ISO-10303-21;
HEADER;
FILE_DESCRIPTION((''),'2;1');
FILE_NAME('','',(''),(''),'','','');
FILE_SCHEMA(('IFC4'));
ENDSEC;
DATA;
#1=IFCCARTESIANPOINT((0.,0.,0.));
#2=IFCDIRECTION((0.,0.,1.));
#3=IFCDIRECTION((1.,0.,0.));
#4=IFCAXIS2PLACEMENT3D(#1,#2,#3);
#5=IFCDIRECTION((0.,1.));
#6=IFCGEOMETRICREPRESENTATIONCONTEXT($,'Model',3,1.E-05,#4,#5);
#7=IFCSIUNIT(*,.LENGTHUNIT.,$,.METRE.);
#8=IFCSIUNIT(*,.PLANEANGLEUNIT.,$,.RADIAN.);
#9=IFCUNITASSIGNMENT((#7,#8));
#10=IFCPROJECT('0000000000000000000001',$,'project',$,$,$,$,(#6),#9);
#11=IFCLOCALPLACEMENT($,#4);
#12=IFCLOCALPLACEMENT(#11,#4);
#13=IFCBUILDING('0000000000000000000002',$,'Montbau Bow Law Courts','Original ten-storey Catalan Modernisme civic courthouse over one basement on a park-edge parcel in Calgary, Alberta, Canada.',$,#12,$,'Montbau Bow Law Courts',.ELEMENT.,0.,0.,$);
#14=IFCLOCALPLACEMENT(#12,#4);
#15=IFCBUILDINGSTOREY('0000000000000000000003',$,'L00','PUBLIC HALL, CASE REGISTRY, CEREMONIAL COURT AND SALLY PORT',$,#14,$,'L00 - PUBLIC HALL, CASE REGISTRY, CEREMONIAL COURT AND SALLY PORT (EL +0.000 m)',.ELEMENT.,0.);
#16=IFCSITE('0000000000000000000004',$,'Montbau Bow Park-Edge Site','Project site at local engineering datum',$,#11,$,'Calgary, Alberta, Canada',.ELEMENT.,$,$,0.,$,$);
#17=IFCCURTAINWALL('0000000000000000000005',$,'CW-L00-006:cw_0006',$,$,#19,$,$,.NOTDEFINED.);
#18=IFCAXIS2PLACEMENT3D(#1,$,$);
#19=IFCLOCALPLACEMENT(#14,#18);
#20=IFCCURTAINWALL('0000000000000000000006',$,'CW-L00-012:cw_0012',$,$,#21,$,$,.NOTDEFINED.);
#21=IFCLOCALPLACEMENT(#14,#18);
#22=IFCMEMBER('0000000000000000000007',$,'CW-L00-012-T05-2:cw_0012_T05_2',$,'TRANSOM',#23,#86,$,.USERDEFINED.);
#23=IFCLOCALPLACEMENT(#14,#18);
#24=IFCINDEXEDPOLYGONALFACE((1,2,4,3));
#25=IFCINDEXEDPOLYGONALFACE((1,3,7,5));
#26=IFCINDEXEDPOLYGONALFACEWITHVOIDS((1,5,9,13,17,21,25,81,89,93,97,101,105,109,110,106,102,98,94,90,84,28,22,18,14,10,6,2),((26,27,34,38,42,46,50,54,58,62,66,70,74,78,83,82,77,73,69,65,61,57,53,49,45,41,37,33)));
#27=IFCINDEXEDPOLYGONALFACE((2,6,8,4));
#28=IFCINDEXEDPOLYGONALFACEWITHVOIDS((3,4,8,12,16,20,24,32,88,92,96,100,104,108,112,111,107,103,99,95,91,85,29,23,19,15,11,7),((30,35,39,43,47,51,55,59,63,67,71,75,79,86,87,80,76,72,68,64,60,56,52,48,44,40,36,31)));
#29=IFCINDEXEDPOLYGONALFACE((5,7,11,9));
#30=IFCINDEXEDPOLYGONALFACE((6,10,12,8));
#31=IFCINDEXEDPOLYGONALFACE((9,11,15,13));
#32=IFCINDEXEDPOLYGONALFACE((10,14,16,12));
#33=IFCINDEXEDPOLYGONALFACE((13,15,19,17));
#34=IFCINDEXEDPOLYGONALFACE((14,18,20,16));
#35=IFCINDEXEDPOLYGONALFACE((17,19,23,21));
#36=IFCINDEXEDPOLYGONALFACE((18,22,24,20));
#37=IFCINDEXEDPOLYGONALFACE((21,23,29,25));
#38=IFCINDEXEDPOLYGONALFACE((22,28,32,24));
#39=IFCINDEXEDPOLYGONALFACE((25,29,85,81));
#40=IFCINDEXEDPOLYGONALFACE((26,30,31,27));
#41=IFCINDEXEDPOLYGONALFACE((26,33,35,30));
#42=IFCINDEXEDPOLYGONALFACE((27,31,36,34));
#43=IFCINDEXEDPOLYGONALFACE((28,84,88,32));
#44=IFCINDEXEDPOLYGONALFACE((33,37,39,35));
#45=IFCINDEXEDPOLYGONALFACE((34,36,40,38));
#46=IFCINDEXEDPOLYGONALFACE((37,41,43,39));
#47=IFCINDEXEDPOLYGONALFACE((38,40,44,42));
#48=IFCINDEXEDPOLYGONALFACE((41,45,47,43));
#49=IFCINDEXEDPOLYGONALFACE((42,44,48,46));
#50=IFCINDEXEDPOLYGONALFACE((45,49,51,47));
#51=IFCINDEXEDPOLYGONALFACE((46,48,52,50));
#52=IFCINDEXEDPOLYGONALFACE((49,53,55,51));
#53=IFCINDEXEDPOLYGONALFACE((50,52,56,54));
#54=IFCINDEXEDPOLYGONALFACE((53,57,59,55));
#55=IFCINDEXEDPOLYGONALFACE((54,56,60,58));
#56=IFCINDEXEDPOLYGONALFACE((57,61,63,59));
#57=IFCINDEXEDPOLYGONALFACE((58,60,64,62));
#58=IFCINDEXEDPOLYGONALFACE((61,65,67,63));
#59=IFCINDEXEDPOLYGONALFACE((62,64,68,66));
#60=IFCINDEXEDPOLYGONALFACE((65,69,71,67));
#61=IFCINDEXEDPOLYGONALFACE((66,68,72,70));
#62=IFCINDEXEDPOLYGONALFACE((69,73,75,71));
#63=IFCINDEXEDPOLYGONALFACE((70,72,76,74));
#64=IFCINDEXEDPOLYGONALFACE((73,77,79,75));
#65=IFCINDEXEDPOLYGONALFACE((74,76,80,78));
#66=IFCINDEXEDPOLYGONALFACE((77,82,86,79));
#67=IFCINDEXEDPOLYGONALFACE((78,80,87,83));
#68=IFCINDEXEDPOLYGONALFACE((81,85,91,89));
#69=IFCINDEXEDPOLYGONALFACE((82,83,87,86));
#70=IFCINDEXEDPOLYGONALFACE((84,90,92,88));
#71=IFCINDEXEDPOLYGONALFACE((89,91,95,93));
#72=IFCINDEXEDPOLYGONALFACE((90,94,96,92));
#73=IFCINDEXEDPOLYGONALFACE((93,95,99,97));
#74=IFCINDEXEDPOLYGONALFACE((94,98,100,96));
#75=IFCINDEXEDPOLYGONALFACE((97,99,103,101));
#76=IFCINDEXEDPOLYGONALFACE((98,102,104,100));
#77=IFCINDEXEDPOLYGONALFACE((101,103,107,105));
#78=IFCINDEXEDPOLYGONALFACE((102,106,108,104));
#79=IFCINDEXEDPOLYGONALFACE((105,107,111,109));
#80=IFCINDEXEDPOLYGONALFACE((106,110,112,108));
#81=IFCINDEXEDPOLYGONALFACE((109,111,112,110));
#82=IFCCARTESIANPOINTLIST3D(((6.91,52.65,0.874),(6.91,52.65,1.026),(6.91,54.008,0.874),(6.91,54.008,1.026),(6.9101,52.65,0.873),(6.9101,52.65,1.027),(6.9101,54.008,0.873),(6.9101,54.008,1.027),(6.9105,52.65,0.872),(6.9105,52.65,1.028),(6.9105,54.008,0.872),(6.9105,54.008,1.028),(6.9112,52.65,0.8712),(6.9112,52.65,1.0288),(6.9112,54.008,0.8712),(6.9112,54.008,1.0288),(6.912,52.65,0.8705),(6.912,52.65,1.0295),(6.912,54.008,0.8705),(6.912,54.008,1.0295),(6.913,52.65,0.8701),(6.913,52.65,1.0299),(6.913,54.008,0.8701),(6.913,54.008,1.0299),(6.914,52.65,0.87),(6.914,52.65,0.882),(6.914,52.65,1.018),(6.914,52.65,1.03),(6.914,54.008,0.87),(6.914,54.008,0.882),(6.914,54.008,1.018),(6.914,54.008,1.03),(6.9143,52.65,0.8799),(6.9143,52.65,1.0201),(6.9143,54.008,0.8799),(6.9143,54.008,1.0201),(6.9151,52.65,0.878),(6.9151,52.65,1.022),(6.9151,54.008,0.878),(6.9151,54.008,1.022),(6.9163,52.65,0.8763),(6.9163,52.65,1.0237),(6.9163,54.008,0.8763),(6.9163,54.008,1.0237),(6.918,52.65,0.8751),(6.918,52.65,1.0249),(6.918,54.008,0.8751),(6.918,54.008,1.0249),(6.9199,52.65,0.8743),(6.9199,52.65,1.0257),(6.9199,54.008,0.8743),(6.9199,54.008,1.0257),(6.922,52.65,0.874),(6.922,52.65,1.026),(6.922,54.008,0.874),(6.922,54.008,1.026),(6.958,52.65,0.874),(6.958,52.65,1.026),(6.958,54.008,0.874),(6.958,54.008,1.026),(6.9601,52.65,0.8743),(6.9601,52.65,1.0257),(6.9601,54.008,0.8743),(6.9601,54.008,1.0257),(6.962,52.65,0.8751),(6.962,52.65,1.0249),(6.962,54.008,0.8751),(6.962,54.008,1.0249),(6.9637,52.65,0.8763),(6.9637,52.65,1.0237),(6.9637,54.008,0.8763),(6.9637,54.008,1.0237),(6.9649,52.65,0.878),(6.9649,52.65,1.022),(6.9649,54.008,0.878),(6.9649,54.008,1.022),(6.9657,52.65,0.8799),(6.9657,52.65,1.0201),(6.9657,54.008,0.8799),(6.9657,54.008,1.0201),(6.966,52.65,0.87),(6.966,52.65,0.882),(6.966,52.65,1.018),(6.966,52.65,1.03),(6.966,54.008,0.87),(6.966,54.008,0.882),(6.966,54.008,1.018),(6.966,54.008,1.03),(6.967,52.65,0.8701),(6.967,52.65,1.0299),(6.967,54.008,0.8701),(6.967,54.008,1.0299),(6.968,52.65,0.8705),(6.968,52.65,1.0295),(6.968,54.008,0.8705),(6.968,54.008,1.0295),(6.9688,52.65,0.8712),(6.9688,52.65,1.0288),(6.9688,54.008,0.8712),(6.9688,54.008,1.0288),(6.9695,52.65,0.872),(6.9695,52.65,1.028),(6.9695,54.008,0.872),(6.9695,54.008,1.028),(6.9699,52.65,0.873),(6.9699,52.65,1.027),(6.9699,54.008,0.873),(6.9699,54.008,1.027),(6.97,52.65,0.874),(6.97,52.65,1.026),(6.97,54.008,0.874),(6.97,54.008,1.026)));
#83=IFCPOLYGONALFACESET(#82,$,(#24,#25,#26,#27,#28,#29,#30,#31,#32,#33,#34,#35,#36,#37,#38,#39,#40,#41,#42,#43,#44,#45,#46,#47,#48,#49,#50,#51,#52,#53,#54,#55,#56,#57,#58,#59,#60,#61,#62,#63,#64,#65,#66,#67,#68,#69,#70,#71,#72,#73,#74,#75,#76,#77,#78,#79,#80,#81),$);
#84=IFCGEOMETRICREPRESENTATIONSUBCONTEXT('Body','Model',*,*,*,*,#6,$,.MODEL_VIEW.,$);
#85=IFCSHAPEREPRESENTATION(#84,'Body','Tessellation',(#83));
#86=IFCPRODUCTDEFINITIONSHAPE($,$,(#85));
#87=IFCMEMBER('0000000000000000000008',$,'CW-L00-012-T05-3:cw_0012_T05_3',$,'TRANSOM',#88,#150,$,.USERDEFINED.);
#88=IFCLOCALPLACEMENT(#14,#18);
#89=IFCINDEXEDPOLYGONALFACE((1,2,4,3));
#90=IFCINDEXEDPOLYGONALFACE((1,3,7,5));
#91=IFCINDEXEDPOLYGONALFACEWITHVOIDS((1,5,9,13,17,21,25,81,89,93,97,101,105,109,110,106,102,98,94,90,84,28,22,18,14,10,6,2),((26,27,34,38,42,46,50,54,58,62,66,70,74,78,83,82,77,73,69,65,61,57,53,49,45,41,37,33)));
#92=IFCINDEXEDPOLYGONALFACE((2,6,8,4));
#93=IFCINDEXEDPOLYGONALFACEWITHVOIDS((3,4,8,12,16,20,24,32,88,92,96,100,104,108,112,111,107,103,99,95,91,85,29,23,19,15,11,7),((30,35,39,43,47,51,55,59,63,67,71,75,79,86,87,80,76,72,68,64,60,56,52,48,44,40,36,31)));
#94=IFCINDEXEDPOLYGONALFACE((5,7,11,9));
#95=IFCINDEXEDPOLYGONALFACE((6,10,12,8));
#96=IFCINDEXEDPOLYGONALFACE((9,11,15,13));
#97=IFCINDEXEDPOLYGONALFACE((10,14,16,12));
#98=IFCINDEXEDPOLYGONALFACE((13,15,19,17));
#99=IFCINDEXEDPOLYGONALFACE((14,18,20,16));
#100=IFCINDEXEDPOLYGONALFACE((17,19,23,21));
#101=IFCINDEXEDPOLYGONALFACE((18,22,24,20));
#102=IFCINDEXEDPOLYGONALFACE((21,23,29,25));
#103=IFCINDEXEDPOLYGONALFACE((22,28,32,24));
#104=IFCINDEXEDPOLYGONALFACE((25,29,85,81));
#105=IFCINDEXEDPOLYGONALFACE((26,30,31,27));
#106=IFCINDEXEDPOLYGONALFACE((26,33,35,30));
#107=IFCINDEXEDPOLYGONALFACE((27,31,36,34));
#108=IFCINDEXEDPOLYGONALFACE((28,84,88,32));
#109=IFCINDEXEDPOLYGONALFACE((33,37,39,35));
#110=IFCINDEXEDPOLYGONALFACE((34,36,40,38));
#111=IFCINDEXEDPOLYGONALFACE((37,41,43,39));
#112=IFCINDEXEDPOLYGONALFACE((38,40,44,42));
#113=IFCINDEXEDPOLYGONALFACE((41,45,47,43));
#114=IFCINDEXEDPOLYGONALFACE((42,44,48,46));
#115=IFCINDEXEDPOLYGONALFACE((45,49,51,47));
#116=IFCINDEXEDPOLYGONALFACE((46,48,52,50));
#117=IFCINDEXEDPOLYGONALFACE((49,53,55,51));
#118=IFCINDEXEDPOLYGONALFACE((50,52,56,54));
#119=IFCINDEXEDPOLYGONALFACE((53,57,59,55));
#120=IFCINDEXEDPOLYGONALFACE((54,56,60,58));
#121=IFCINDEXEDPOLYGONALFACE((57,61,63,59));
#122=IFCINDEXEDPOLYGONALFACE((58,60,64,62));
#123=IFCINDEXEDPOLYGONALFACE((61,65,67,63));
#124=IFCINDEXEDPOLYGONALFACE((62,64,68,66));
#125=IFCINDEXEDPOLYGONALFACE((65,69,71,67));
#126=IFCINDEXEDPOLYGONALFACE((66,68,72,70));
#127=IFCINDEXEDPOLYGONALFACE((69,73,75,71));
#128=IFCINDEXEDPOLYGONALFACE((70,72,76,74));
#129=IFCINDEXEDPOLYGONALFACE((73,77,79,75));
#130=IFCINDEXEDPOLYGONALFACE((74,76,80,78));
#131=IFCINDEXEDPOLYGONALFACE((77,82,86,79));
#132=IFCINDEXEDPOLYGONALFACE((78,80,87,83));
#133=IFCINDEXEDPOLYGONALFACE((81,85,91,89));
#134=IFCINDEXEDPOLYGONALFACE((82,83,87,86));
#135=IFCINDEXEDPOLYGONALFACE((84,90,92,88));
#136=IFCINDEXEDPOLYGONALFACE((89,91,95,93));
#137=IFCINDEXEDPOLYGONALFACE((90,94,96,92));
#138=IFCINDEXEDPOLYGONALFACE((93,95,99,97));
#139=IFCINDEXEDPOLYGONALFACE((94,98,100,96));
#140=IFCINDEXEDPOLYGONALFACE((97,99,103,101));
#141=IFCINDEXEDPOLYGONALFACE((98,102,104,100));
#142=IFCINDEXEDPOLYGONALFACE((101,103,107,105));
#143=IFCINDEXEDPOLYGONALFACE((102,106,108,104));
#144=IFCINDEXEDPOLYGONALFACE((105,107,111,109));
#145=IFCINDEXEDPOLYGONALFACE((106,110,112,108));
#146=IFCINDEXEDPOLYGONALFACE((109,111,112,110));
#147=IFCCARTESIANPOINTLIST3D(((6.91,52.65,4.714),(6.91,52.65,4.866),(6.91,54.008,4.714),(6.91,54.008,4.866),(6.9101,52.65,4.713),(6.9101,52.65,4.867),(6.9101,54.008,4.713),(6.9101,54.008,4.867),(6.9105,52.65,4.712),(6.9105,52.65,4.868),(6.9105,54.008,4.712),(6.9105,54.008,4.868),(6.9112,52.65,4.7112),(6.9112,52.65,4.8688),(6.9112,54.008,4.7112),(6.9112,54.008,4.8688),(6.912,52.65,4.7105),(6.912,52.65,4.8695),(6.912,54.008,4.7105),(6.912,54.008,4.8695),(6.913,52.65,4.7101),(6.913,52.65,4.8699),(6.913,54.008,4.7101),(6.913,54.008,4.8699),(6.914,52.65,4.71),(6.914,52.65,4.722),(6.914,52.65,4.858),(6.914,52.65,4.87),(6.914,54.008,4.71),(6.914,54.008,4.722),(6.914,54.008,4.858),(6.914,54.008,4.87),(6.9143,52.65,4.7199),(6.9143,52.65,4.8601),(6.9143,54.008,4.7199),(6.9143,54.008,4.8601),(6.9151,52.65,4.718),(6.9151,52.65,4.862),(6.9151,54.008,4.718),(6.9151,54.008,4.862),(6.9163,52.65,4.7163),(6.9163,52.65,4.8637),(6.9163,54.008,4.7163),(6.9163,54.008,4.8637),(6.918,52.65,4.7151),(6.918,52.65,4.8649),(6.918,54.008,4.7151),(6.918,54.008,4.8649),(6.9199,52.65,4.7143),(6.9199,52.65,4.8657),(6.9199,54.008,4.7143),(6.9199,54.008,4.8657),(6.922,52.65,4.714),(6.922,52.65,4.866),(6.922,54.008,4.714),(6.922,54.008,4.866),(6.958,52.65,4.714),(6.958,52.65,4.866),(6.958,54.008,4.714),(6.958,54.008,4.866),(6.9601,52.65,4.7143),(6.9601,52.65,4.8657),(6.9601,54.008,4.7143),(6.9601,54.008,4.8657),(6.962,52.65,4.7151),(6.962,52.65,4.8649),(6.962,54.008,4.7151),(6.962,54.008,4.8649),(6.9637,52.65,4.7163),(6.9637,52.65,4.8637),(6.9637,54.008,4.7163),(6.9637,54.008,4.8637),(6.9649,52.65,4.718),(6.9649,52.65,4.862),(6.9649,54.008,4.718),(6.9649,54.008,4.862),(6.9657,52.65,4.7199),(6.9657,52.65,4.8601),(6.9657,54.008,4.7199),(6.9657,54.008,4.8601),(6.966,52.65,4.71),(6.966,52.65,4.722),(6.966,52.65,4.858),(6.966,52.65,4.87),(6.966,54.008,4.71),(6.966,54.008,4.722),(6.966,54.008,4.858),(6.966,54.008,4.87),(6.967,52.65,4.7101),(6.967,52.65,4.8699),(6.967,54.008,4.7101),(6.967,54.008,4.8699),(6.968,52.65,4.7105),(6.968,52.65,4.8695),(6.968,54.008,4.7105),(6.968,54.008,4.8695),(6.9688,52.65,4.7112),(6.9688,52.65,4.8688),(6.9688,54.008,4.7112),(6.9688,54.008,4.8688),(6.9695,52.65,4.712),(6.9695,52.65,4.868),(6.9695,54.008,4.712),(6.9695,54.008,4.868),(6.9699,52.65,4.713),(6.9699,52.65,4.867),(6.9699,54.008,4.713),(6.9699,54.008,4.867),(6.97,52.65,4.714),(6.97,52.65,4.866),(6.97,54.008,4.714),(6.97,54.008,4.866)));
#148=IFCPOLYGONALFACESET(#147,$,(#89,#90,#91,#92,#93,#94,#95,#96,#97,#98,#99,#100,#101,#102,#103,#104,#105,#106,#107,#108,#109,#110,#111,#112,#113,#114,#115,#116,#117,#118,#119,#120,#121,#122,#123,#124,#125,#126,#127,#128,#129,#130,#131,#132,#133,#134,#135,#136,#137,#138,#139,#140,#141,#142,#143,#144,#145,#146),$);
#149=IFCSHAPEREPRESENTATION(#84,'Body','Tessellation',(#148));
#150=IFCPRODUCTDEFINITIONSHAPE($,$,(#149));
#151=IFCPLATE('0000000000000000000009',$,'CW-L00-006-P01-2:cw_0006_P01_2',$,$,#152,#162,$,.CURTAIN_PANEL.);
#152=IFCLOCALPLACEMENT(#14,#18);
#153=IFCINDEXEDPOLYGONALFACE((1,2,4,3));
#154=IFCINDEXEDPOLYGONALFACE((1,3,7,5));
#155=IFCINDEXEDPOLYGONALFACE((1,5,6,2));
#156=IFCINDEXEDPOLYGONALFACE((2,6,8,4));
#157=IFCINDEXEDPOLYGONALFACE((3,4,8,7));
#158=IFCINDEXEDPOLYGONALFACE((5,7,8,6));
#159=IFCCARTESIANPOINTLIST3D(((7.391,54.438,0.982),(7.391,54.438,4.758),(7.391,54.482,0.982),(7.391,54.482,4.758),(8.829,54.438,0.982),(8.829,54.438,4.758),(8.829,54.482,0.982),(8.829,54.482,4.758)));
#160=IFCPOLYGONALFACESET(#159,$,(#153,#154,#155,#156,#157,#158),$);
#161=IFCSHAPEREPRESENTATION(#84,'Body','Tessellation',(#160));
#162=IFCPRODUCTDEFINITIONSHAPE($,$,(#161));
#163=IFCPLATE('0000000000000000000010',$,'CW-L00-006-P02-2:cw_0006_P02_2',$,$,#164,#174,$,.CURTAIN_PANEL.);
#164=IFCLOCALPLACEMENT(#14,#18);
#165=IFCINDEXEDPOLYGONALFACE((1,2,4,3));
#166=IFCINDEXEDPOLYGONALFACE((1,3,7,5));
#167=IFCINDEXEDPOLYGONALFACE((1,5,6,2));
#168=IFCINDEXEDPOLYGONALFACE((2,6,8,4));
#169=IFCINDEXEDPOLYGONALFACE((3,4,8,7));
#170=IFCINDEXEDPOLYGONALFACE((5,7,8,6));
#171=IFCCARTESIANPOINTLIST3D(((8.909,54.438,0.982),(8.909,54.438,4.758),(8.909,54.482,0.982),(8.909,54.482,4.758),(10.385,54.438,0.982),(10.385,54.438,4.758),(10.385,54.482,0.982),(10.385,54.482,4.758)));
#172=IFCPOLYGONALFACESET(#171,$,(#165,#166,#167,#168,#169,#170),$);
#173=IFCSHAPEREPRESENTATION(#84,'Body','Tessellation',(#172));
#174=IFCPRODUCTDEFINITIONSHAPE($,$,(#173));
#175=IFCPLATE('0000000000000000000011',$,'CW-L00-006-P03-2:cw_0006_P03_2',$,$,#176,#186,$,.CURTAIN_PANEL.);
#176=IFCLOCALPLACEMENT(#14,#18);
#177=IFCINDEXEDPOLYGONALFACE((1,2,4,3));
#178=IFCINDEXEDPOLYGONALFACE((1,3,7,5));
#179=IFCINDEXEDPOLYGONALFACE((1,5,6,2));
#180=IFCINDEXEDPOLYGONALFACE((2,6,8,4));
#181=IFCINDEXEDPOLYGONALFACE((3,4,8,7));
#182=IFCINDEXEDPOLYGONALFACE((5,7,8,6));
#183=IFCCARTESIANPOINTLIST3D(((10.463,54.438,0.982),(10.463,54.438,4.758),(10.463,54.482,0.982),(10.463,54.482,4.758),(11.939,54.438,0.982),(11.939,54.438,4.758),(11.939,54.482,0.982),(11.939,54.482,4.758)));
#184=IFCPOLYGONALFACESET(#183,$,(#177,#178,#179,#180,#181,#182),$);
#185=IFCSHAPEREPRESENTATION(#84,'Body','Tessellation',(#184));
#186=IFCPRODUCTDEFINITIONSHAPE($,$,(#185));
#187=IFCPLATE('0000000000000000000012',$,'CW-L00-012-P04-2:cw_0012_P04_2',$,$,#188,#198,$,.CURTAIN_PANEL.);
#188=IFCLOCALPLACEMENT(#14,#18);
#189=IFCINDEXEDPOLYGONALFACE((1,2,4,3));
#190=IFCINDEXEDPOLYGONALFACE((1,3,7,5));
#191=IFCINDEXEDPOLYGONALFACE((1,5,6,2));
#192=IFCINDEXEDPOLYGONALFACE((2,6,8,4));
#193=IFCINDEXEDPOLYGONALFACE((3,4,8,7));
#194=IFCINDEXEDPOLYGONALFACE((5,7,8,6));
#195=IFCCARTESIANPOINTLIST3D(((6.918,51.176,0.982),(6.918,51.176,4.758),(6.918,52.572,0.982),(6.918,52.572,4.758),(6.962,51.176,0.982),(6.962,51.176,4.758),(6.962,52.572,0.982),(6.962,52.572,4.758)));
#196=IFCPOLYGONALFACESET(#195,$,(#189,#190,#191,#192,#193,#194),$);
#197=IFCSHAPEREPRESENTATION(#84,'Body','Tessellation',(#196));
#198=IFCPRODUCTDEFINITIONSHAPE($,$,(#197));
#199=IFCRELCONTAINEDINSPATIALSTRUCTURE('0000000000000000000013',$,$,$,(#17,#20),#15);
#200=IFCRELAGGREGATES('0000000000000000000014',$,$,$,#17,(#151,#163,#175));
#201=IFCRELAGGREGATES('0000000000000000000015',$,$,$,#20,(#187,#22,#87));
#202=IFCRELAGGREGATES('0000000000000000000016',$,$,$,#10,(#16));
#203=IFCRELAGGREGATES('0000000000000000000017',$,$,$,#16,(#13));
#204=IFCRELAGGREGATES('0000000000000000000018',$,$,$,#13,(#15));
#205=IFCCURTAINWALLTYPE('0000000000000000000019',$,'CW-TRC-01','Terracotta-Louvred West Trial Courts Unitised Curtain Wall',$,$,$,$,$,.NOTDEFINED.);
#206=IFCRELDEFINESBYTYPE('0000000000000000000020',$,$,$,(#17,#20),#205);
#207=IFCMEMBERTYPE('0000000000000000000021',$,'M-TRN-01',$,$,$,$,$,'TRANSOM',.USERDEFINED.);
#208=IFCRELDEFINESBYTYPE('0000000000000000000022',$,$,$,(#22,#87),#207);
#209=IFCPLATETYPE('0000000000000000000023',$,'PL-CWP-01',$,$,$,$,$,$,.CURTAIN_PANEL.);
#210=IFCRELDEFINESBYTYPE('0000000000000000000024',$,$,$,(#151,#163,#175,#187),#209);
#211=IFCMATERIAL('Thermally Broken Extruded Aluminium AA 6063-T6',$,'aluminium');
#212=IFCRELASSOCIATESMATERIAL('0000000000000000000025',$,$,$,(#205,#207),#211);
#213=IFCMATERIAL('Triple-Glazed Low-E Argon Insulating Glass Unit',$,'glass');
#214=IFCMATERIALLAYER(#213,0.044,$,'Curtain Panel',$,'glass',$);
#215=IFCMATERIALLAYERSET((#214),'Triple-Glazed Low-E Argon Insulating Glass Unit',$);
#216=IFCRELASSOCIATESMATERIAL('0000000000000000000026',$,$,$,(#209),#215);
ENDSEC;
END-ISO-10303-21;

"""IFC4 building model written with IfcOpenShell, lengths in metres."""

from ifc_helpers import new_model, si_unit, direction, frame, frame_2d, origin_with_axes, origin_2d_with_axis, place, context, subcontext, project, spatial, rectangle, hollow_rectangle, extrude, material, layer, layer_set, material_profile, profile_set, type_object, element, aggregate, save


model = new_model("IFC4")

# Units and contexts
model_context = context("Model", 3, precision=1e-05, world=origin_with_axes(), true_north=direction((0.0, 1.0)))
body_context = subcontext(model_context, "Body", "Model", "MODEL_VIEW")
ifc_project = project(units=[si_unit("LENGTHUNIT", "METRE"), si_unit("PLANEANGLEUNIT", "RADIAN")], contexts=[model_context])

# Site, building, storey
site_placement = place(None, origin_with_axes())
site = spatial("IfcSite", under=ifc_project, at=site_placement, Name="Montbau Bow Park-Edge Site", Description="Project site at local engineering datum", LongName="Calgary, Alberta, Canada", CompositionType="ELEMENT", RefElevation=0.0)
building_placement = place(site_placement, origin_with_axes())
building = spatial("IfcBuilding", under=site, at=building_placement, Name="Montbau Bow Law Courts", Description="Original ten-storey Catalan Modernisme civic courthouse over one basement on a park-edge parcel in Calgary, Alberta, Canada.", LongName="Montbau Bow Law Courts", CompositionType="ELEMENT", ElevationOfRefHeight=0.0, ElevationOfTerrain=0.0)
storey_placement = place(building_placement, origin_with_axes())
storey = spatial("IfcBuildingStorey", under=building, at=storey_placement, Name="L00", Description="PUBLIC HALL, CASE REGISTRY, CEREMONIAL COURT AND SALLY PORT", LongName="L00 - PUBLIC HALL, CASE REGISTRY, CEREMONIAL COURT AND SALLY PORT (EL +0.000 m)", CompositionType="ELEMENT", Elevation=0.0)

# Curtain walls, members
ifc_material_1 = material(Name="Thermally Broken Extruded Aluminium AA 6063-T6", Category="aluminium")
curtain_wall_type = type_object("IfcCurtainWallType", Name="CW-TRC-01", Description="Terracotta-Louvred West Trial Courts Unitised Curtain Wall", PredefinedType="NOTDEFINED", material=ifc_material_1)
curtain_wall_1_placement = place(None, frame((7.315, 54.46, 0.0), z_axis=(0.0, 0.0, 1.0), x_axis=(1.0, 0.0, 0.0)))
curtain_wall_1 = element("IfcCurtainWall", 1, at=curtain_wall_1_placement, inside=storey, type_object=curtain_wall_type, Name="CW-L00-006:cw_0006", PredefinedType="NOTDEFINED")
ifc_material_profile = material_profile(ifc_material_1, hollow_rectangle(XDim=0.06, YDim=0.16, WallThickness=0.004, InnerFilletRadius=0.008, OuterFilletRadius=0.004, at=origin_2d_with_axis()), Name="CWT-160X60", Category="Main", Priority=0)
ifc_profile_set = profile_set([ifc_material_profile], Name="Thermally Broken Extruded Aluminium AA 6063-T6")
member_type = type_object("IfcMemberType", Name="M-TRN-01", ElementType="TRANSOM", PredefinedType="USERDEFINED", material=ifc_profile_set)
curtain_wall_2_placement = place(None, frame((6.94, 46.715, 0.0), z_axis=(0.0, 0.0, 1.0), x_axis=(1.0, 0.0, 0.0)))
curtain_wall_2 = element("IfcCurtainWall", 2, at=curtain_wall_2_placement, inside=storey, type_object=curtain_wall_type, Name="CW-L00-012:cw_0012", PredefinedType="NOTDEFINED")
member_1_placement = place(None, frame((6.94, 52.65, 0.95), z_axis=(0.0, 1.0, 0.0), x_axis=(-1.0, 0.0, 0.0)))
member_1 = element("IfcMember", 3, at=member_1_placement, type_object=member_type, Name="CW-L00-012-T05-2:cw_0012_T05_2", ObjectType="TRANSOM", PredefinedType="USERDEFINED", context=body_context, shape_type="SweptSolid", body=[
    extrude(hollow_rectangle(XDim=0.06, YDim=0.16, WallThickness=0.004, InnerFilletRadius=0.008, OuterFilletRadius=0.004, at=origin_2d_with_axis()), origin_with_axes(), (0.0, 0.0, 1.0), 1.358),
])
member_2_placement = place(None, frame((6.94, 52.65, 4.79), z_axis=(0.0, 1.0, 0.0), x_axis=(-1.0, 0.0, 0.0)))
member_2 = element("IfcMember", 4, at=member_2_placement, type_object=member_type, Name="CW-L00-012-T05-3:cw_0012_T05_3", ObjectType="TRANSOM", PredefinedType="USERDEFINED", context=body_context, shape_type="SweptSolid", body=[
    extrude(hollow_rectangle(XDim=0.06, YDim=0.16, WallThickness=0.004, InnerFilletRadius=0.008, OuterFilletRadius=0.004, at=origin_2d_with_axis()), origin_with_axes(), (0.0, 0.0, 1.0), 1.358),
])

# Plates
ifc_material_2 = material(Name="Triple-Glazed Low-E Argon Insulating Glass Unit", Category="glass")
ifc_layer_1 = layer(ifc_material_2, 0.044, Name="Curtain Panel", Category="glass")
ifc_layer_set_1 = layer_set([ifc_layer_1], Name="Triple-Glazed Low-E Argon Insulating Glass Unit")
plate_type_1 = type_object("IfcPlateType", Name="PL-CWP-01", PredefinedType="CURTAIN_PANEL", material=ifc_layer_set_1)
plate_1_placement = place(None, frame((7.391, 54.46, 0.982), z_axis=(0.0, -1.0, 0.0), x_axis=(1.0, 0.0, 0.0)))
plate_1 = element("IfcPlate", 5, at=plate_1_placement, type_object=plate_type_1, Name="CW-L00-006-P01-2:cw_0006_P01_2", PredefinedType="CURTAIN_PANEL", context=body_context, shape_type="SweptSolid", body=[
    extrude(rectangle(XDim=1.438, YDim=3.776, at=frame_2d((0.719, 1.888), x_axis=(1.0, 0.0))), frame((0.0, 0.0, -0.022), z_axis=(0.0, 0.0, 1.0), x_axis=(1.0, 0.0, 0.0)), (0.0, 0.0, 1.0), 0.044),
])
plate_2_placement = place(None, frame((8.909, 54.46, 0.982), z_axis=(0.0, -1.0, 0.0), x_axis=(1.0, 0.0, 0.0)))
plate_2 = element("IfcPlate", 6, at=plate_2_placement, type_object=plate_type_1, Name="CW-L00-006-P02-2:cw_0006_P02_2", PredefinedType="CURTAIN_PANEL", context=body_context, shape_type="SweptSolid", body=[
    extrude(rectangle(XDim=1.476, YDim=3.776, at=frame_2d((0.738, 1.888), x_axis=(1.0, 0.0))), frame((0.0, 0.0, -0.022), z_axis=(0.0, 0.0, 1.0), x_axis=(1.0, 0.0, 0.0)), (0.0, 0.0, 1.0), 0.044),
])
plate_3_placement = place(None, frame((10.463, 54.46, 0.982), z_axis=(0.0, -1.0, 0.0), x_axis=(1.0, 0.0, 0.0)))
plate_3 = element("IfcPlate", 7, at=plate_3_placement, type_object=plate_type_1, Name="CW-L00-006-P03-2:cw_0006_P03_2", PredefinedType="CURTAIN_PANEL", context=body_context, shape_type="SweptSolid", body=[
    extrude(rectangle(XDim=1.476, YDim=3.776, at=frame_2d((0.738, 1.888), x_axis=(1.0, 0.0))), frame((0.0, 0.0, -0.022), z_axis=(0.0, 0.0, 1.0), x_axis=(1.0, 0.0, 0.0)), (0.0, 0.0, 1.0), 0.044),
])
plate_4_placement = place(None, frame((6.94, 51.176, 0.982), z_axis=(1.0, 0.0, 0.0), x_axis=(0.0, 1.0, 0.0)))
plate_4 = element("IfcPlate", 8, at=plate_4_placement, type_object=plate_type_1, Name="CW-L00-012-P04-2:cw_0012_P04_2", PredefinedType="CURTAIN_PANEL", context=body_context, shape_type="SweptSolid", body=[
    extrude(rectangle(XDim=1.396, YDim=3.776, at=frame_2d((0.698, 1.888), x_axis=(1.0, 0.0))), frame((0.0, 0.0, -0.022), z_axis=(0.0, 0.0, 1.0), x_axis=(1.0, 0.0, 0.0)), (0.0, 0.0, 1.0), 0.044),
])
aggregate(curtain_wall_1, [plate_1, plate_2, plate_3])
aggregate(curtain_wall_2, [plate_4, member_1, member_2])

save(model, "model.ifc")
